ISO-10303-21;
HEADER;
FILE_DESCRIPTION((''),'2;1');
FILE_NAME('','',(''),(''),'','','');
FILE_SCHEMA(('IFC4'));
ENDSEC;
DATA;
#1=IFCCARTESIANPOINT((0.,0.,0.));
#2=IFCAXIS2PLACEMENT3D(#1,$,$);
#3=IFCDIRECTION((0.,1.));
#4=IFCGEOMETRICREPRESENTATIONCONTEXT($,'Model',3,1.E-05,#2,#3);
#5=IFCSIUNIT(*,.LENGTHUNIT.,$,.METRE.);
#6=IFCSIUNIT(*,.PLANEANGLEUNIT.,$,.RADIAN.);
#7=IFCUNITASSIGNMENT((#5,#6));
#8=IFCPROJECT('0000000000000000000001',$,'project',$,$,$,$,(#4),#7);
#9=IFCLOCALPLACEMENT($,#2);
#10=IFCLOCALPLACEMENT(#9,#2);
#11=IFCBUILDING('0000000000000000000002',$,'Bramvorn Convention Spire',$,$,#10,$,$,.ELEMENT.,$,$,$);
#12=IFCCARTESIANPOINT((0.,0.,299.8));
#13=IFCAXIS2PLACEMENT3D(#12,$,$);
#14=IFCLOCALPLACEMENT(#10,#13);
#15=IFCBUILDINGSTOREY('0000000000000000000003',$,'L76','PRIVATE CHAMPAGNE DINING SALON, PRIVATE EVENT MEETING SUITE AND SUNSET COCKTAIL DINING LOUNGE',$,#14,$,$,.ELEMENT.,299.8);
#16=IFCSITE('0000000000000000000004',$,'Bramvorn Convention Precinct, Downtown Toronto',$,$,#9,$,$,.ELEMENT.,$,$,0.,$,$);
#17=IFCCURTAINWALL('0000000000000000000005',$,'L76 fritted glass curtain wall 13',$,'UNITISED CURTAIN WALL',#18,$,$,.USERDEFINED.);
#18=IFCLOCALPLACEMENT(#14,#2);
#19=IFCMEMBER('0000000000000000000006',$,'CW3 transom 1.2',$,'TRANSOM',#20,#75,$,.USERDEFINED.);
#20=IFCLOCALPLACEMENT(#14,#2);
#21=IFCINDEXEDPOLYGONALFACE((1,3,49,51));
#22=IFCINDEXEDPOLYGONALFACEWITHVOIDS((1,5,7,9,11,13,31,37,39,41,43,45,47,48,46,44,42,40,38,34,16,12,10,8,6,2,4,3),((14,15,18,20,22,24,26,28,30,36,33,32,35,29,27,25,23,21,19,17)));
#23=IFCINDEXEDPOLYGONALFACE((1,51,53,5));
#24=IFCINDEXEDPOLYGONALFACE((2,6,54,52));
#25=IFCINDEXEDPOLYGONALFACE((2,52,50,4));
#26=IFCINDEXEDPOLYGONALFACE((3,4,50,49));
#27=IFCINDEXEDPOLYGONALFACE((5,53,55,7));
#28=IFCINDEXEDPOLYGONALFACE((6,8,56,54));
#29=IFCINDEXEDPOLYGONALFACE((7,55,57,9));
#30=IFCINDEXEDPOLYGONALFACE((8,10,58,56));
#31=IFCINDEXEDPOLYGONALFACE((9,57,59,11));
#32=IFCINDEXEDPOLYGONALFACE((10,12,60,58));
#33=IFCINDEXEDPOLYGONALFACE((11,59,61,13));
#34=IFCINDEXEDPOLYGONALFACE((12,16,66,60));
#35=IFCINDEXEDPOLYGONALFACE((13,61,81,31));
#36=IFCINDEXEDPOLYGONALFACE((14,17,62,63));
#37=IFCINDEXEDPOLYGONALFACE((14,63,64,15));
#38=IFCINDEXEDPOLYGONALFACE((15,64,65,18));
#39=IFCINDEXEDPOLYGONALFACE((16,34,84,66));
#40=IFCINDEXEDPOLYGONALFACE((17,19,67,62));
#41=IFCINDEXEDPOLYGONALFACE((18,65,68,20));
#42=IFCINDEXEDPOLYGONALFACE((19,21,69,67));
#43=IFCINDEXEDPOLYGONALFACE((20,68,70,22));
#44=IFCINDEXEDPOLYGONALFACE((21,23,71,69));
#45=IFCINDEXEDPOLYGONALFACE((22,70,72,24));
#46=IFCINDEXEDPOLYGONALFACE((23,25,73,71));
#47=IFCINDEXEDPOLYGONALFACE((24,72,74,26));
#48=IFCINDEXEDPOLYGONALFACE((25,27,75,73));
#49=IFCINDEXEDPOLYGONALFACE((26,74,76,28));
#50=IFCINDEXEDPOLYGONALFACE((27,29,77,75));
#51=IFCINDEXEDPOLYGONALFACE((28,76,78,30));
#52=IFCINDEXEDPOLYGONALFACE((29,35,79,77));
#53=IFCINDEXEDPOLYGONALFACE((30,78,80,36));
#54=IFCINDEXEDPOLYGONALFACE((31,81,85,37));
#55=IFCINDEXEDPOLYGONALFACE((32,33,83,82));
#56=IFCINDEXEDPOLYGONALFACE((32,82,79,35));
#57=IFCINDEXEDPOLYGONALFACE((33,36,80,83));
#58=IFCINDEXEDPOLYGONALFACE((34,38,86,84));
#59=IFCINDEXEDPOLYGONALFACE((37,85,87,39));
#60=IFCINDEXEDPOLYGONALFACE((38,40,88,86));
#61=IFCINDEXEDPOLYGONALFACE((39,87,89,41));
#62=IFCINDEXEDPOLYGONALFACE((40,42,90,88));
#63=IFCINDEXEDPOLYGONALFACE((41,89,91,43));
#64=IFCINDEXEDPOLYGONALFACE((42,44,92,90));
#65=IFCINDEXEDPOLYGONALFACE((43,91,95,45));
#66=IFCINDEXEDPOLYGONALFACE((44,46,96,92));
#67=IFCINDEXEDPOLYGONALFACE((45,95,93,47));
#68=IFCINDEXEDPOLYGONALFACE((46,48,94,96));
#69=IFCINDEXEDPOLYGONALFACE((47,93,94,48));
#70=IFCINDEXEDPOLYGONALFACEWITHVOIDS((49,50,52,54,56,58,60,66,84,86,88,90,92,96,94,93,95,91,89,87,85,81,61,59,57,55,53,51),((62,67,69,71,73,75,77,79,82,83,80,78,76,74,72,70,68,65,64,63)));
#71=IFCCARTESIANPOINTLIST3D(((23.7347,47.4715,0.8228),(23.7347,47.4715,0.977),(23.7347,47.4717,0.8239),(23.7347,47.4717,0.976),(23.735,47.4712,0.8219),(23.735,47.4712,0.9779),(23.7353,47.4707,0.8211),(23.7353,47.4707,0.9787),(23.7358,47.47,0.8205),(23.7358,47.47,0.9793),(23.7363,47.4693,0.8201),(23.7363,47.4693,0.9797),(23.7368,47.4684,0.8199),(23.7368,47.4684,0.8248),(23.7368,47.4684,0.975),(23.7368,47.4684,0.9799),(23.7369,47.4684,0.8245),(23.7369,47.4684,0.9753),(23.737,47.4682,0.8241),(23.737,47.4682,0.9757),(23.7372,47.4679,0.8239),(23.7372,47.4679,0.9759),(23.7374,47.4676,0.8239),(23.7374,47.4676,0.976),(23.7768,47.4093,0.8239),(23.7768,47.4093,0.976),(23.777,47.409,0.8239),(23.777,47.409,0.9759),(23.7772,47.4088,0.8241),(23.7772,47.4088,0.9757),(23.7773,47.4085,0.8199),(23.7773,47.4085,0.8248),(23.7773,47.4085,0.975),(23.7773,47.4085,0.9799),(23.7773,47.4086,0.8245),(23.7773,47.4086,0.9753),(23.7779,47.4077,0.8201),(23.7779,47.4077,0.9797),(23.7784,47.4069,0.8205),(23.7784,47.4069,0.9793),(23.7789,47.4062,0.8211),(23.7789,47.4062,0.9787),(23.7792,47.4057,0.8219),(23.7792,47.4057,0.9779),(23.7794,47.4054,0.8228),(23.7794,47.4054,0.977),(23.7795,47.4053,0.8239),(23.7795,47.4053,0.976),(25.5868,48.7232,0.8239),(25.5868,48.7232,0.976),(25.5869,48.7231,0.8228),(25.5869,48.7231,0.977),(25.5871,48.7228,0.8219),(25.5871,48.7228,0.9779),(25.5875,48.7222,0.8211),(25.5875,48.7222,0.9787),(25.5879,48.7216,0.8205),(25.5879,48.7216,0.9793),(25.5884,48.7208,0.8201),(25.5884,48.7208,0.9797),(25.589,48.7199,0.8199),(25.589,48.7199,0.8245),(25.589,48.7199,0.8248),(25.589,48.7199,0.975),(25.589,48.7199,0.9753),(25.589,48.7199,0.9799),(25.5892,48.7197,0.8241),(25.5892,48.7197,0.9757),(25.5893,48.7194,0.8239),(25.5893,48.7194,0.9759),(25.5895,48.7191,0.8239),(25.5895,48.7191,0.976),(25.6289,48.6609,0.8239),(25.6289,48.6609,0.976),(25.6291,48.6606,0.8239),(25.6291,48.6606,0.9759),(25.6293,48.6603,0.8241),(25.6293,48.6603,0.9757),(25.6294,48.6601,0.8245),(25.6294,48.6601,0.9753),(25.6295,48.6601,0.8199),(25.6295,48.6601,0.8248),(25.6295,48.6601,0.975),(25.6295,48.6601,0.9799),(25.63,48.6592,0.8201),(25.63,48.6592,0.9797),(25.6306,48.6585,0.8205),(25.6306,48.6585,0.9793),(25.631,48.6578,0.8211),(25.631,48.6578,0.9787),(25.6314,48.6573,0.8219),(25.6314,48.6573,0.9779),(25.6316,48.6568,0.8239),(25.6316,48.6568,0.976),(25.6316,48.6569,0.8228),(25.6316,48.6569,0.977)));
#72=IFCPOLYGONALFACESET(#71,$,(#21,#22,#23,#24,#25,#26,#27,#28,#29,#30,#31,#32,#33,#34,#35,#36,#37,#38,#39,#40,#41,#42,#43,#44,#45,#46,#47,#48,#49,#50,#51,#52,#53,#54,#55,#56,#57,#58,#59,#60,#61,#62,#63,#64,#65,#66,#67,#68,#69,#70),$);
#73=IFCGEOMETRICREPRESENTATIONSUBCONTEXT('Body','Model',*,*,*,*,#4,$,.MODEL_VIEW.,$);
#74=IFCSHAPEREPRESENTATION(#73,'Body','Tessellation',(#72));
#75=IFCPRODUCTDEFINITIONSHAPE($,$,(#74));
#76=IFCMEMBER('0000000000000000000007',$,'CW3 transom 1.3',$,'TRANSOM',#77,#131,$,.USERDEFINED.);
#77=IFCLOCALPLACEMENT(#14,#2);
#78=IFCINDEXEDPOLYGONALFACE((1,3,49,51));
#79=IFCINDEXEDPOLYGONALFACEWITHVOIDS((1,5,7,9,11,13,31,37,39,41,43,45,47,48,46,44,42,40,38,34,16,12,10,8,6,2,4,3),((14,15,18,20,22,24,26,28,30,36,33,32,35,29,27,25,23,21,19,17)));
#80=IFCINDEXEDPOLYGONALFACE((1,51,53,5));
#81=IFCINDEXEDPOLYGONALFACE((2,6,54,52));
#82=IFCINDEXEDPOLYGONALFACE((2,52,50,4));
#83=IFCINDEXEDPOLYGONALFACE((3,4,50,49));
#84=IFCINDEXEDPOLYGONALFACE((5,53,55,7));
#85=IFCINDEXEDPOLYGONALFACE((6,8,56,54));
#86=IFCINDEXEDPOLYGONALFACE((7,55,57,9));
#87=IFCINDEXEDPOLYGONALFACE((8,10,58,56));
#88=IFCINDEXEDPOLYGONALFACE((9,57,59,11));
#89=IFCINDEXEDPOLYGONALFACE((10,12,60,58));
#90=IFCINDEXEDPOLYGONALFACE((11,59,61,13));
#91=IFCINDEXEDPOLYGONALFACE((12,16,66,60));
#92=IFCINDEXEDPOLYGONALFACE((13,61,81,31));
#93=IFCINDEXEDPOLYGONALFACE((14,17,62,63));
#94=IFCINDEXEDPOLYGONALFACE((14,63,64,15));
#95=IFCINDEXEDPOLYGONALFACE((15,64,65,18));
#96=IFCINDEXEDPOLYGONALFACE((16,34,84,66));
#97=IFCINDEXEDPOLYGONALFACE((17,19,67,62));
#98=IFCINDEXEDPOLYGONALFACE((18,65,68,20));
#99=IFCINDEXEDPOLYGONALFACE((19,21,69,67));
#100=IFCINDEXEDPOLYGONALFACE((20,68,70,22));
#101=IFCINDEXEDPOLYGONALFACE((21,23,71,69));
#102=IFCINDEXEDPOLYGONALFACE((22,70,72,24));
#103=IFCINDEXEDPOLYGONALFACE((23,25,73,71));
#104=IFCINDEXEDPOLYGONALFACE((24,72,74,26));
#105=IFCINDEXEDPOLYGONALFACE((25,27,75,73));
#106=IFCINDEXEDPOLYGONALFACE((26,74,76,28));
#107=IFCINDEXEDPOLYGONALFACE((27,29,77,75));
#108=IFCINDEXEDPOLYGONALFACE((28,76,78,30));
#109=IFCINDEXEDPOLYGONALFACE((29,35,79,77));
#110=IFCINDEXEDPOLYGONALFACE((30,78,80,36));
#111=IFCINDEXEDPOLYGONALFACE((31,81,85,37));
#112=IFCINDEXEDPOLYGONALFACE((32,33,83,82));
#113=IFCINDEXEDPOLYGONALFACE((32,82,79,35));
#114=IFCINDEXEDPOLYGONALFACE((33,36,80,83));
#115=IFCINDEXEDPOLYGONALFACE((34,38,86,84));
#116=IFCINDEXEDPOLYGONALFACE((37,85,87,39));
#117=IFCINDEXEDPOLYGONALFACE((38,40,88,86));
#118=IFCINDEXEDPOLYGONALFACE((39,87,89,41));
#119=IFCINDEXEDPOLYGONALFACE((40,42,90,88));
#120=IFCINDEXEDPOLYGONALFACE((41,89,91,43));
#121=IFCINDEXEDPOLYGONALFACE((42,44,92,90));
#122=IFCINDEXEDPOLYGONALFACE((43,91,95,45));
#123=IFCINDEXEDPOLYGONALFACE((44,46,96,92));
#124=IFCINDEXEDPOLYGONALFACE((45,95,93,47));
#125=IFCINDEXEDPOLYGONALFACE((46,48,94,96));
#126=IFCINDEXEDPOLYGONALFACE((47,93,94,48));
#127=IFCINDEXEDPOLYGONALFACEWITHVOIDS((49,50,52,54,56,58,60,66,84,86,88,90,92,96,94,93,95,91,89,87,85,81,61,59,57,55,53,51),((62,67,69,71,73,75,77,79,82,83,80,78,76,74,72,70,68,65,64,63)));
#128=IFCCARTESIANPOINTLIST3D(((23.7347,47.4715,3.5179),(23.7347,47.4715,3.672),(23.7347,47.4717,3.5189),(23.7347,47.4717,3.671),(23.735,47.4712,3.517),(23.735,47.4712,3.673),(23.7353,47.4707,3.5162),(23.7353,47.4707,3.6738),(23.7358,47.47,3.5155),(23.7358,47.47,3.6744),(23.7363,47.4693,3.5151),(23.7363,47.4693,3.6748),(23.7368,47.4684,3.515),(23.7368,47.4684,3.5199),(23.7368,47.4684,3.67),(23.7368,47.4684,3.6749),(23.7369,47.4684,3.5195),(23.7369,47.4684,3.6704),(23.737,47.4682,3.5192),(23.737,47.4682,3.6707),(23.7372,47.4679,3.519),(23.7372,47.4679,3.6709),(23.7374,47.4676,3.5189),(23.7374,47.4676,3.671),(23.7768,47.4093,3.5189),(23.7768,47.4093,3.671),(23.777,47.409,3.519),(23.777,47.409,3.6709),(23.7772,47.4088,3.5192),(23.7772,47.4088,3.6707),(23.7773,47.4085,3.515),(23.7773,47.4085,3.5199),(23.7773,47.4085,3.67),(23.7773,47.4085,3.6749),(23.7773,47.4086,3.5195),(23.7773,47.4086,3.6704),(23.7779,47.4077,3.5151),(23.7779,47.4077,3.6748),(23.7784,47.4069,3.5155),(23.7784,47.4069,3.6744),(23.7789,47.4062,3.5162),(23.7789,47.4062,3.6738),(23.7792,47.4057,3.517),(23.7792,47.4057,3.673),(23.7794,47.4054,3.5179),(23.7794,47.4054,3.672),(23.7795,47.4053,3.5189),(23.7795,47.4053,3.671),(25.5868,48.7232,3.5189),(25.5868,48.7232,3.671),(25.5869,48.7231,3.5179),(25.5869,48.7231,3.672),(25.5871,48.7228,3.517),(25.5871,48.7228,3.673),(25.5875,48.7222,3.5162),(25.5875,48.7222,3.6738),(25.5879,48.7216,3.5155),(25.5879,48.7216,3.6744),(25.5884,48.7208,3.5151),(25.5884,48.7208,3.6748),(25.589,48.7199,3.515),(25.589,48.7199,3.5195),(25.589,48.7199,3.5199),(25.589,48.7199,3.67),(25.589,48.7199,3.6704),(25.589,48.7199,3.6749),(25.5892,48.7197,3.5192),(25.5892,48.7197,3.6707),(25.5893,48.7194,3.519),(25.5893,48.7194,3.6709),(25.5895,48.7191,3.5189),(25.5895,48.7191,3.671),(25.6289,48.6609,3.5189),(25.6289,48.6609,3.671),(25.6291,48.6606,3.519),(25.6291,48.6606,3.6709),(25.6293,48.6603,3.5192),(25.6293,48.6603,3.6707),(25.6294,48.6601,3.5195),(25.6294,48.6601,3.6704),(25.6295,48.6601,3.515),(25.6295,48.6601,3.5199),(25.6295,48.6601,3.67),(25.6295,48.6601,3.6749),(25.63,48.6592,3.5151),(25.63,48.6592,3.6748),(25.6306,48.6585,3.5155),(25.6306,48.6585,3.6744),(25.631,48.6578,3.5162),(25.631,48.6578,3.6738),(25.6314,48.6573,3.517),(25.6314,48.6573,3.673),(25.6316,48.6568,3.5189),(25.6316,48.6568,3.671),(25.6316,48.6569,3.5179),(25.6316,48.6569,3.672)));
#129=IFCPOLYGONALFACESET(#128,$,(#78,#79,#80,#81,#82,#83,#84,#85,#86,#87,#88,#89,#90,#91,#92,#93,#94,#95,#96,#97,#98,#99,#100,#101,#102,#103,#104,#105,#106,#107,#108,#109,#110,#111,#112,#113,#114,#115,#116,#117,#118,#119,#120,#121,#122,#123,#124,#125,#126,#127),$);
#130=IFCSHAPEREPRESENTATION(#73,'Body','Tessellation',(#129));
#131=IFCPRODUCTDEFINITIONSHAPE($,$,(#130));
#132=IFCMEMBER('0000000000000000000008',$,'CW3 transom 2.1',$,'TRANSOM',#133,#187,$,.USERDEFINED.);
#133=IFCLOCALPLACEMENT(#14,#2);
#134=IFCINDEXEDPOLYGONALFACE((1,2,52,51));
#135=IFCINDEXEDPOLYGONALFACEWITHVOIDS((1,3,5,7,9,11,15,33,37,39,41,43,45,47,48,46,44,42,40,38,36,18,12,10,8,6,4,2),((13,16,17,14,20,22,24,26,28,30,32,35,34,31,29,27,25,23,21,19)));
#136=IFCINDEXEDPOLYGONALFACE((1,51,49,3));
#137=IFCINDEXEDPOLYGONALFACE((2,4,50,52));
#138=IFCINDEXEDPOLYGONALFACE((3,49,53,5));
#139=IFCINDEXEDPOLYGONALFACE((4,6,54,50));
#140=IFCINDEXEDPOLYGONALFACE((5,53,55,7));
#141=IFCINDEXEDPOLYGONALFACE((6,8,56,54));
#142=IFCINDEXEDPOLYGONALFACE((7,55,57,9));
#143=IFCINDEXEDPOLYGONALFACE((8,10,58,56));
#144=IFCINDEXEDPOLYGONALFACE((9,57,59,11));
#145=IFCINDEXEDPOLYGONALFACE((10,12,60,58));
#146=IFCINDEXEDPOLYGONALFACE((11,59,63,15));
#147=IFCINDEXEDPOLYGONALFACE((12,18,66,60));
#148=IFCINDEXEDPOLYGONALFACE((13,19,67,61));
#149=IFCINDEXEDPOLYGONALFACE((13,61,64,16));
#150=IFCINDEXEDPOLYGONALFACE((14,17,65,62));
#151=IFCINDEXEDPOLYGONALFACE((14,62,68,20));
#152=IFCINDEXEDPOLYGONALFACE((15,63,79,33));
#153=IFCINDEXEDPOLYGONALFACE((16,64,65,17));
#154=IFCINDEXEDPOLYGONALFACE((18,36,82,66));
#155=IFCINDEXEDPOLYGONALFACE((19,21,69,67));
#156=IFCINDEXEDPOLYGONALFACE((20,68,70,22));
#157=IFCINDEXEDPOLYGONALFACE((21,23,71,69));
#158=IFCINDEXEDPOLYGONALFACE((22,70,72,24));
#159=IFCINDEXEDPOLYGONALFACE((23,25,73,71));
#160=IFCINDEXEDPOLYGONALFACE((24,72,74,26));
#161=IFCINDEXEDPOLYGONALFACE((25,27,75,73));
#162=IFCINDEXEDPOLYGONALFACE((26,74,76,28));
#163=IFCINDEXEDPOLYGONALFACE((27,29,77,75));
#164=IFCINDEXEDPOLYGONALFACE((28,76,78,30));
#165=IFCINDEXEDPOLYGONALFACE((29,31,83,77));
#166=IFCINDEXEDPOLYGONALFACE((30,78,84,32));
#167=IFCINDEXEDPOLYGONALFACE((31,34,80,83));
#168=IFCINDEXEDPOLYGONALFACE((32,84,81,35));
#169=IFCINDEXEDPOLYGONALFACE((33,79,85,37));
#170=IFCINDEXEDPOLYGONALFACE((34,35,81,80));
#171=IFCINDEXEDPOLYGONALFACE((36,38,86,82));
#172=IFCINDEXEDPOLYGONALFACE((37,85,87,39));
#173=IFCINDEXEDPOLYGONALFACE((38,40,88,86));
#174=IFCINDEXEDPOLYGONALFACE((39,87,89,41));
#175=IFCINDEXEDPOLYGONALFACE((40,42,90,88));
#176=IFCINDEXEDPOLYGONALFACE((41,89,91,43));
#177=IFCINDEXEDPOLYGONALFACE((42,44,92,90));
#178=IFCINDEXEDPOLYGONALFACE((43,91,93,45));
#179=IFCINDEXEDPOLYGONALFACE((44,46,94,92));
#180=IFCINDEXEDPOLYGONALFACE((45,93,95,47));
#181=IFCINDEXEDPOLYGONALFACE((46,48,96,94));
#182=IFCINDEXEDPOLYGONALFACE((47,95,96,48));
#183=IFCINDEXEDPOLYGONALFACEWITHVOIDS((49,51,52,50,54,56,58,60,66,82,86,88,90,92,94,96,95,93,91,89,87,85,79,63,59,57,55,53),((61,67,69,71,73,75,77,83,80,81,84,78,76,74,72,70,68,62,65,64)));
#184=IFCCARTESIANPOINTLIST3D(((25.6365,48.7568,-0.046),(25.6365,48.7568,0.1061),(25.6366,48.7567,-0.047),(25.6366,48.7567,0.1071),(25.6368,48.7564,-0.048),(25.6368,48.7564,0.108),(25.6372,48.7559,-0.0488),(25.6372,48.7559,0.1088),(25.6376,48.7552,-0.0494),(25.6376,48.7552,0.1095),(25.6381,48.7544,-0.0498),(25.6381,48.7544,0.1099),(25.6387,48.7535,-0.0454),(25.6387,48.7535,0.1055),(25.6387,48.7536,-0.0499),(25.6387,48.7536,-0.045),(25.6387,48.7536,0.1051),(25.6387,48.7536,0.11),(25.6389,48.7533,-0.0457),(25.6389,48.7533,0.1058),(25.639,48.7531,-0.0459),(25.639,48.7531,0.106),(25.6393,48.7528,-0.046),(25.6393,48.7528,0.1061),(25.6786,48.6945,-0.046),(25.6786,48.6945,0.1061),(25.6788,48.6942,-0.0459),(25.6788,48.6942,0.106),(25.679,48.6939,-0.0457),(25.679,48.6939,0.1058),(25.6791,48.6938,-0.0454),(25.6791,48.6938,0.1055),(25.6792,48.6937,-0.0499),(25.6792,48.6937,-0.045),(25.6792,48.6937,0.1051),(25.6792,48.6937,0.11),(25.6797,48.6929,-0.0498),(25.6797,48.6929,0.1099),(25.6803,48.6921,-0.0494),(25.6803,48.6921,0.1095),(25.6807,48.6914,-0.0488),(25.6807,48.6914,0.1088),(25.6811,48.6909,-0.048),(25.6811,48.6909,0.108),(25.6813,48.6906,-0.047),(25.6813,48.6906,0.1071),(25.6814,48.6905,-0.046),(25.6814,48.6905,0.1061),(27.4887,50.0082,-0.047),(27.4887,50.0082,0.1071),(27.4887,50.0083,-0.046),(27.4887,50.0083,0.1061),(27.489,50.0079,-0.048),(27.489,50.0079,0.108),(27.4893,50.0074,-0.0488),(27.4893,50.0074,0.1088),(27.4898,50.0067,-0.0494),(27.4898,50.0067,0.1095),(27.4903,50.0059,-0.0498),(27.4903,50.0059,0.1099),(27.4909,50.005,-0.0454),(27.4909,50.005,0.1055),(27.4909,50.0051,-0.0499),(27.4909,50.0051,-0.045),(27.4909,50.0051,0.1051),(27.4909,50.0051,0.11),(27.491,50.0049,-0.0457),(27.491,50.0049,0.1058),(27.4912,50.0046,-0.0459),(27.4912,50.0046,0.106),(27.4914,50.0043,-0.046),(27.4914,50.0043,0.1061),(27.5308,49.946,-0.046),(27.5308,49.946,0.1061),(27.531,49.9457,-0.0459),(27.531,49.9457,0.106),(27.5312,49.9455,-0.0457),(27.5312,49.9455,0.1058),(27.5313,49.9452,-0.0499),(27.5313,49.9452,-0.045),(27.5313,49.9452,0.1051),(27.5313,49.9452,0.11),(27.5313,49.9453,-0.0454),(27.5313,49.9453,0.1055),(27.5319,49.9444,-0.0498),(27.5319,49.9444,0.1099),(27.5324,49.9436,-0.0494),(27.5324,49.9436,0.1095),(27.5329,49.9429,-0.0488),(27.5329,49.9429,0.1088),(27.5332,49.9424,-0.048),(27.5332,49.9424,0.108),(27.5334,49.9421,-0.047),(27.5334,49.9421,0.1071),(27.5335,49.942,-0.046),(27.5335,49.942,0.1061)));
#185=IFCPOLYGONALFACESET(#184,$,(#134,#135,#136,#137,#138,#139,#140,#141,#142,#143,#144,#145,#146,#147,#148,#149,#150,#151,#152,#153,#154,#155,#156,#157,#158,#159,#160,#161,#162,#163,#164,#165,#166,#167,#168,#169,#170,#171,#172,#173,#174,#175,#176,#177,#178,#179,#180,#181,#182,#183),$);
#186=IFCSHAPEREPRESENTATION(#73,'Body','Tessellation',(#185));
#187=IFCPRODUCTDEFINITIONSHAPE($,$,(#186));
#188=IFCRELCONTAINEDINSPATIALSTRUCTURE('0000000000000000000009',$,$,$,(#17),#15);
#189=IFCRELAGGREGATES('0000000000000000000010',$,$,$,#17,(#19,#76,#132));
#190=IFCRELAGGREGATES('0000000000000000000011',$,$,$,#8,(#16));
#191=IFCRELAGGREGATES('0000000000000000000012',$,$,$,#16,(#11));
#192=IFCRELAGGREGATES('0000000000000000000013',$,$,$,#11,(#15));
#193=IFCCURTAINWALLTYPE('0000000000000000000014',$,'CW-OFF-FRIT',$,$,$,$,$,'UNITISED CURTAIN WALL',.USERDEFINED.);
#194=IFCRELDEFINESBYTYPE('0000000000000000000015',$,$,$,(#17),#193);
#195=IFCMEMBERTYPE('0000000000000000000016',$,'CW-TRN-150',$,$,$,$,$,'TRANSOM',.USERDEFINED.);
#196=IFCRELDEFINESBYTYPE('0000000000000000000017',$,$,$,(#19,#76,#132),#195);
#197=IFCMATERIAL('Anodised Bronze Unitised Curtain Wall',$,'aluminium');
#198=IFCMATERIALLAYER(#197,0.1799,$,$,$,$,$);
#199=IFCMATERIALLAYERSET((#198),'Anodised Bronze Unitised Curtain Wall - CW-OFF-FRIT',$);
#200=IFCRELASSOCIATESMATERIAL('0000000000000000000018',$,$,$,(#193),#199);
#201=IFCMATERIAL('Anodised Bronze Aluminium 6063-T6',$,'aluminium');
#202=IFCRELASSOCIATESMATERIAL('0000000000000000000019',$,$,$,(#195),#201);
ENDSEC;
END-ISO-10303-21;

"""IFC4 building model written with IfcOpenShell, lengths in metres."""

from ifc_helpers import new_model, si_unit, direction, frame, origin, origin_2d, place, context, subcontext, project, spatial, hollow_rectangle, extrude, material, layer, layer_set, material_profile, profile_set, type_object, element, aggregate, save


model = new_model("IFC4")

# Units and contexts
model_context = context("Model", 3, precision=1e-05, world=origin(), true_north=direction((0.0, 1.0)))
body_context = subcontext(model_context, "Body", "Model", "MODEL_VIEW")
ifc_project = project(units=[si_unit("LENGTHUNIT", "METRE"), si_unit("PLANEANGLEUNIT", "RADIAN")], contexts=[model_context])

# Site, building, storey
site_placement = place(None, origin())
site = spatial("IfcSite", under=ifc_project, at=site_placement, Name="Bramvorn Convention Precinct, Downtown Toronto", CompositionType="ELEMENT", RefElevation=0.0)
building_placement = place(site_placement, origin())
building = spatial("IfcBuilding", under=site, at=building_placement, Name="Bramvorn Convention Spire", CompositionType="ELEMENT")
storey_placement = place(building_placement, frame((0.0, 0.0, 299.8)))
storey = spatial("IfcBuildingStorey", under=building, at=storey_placement, Name="L76", Description="PRIVATE CHAMPAGNE DINING SALON, PRIVATE EVENT MEETING SUITE AND SUNSET COCKTAIL DINING LOUNGE", CompositionType="ELEMENT", Elevation=299.8)

# Curtain wall
ifc_material_1 = material(Name="Anodised Bronze Unitised Curtain Wall", Category="aluminium")
ifc_layer_1 = layer(ifc_material_1, 0.1799)
ifc_layer_set_1 = layer_set([ifc_layer_1], Name="Anodised Bronze Unitised Curtain Wall - CW-OFF-FRIT")
curtain_wall_type = type_object("IfcCurtainWallType", Name="CW-OFF-FRIT", ElementType="UNITISED CURTAIN WALL", PredefinedType="USERDEFINED", material=ifc_layer_set_1)
ifc_material_2 = material(Name="Anodised Bronze Aluminium 6063-T6", Category="aluminium")
curtain_wall_1_placement = place(storey_placement, origin())
curtain_wall_1 = element("IfcCurtainWall", 1, at=curtain_wall_1_placement, inside=storey, type_object=curtain_wall_type, Name="L76 fritted glass curtain wall 13", ObjectType="UNITISED CURTAIN WALL", PredefinedType="USERDEFINED")

# Members
ifc_material_profile_1 = material_profile(ifc_material_2, hollow_rectangle(XDim=0.0801, YDim=0.1599, WallThickness=0.0039, InnerFilletRadius=0.001, OuterFilletRadius=0.0039, at=origin_2d()))
ifc_profile_set_1 = profile_set([ifc_material_profile_1], Name="Anodised Bronze Aluminium 6063-T6 - CWT80X160")
member_type_1 = type_object("IfcMemberType", Name="CW-TRN-150", ElementType="TRANSOM", PredefinedType="USERDEFINED", material=ifc_profile_set_1)
member_1_placement = place(storey_placement, frame((23.7571, 47.4385, 0.8999), z_axis=(0.828573, 0.559882, 0.0), x_axis=(-0.559882, 0.828573, 0.0)))
member_1 = element("IfcMember", 2, at=member_1_placement, type_object=member_type_1, Name="CW3 transom 1.2", ObjectType="TRANSOM", PredefinedType="USERDEFINED", context=body_context, shape_type="SweptSolid", body=[
    extrude(hollow_rectangle(XDim=0.0801, YDim=0.1599, WallThickness=0.0039, InnerFilletRadius=0.001, OuterFilletRadius=0.0039, at=origin_2d()), origin(), (0.0, 0.0, 1.0), 2.2354),
])
member_2_placement = place(storey_placement, frame((23.7571, 47.4385, 3.595), z_axis=(0.828573, 0.559882, 0.0), x_axis=(-0.559882, 0.828573, 0.0)))
member_2 = element("IfcMember", 3, at=member_2_placement, type_object=member_type_1, Name="CW3 transom 1.3", ObjectType="TRANSOM", PredefinedType="USERDEFINED", context=body_context, shape_type="SweptSolid", body=[
    extrude(hollow_rectangle(XDim=0.0801, YDim=0.1599, WallThickness=0.0039, InnerFilletRadius=0.001, OuterFilletRadius=0.0039, at=origin_2d()), origin(), (0.0, 0.0, 1.0), 2.2354),
])
member_3_placement = place(storey_placement, frame((25.6589, 48.7236, 0.03), z_axis=(0.828573, 0.559882, 0.0), x_axis=(-0.559882, 0.828573, 0.0)))
member_3 = element("IfcMember", 4, at=member_3_placement, type_object=member_type_1, Name="CW3 transom 2.1", ObjectType="TRANSOM", PredefinedType="USERDEFINED", context=body_context, shape_type="SweptSolid", body=[
    extrude(hollow_rectangle(XDim=0.0801, YDim=0.1599, WallThickness=0.0039, InnerFilletRadius=0.001, OuterFilletRadius=0.0039, at=origin_2d()), origin(), (0.0, 0.0, 1.0), 2.2354),
])

aggregate(curtain_wall_1, [member_1, member_2, member_3])

save(model, "model.ifc")
